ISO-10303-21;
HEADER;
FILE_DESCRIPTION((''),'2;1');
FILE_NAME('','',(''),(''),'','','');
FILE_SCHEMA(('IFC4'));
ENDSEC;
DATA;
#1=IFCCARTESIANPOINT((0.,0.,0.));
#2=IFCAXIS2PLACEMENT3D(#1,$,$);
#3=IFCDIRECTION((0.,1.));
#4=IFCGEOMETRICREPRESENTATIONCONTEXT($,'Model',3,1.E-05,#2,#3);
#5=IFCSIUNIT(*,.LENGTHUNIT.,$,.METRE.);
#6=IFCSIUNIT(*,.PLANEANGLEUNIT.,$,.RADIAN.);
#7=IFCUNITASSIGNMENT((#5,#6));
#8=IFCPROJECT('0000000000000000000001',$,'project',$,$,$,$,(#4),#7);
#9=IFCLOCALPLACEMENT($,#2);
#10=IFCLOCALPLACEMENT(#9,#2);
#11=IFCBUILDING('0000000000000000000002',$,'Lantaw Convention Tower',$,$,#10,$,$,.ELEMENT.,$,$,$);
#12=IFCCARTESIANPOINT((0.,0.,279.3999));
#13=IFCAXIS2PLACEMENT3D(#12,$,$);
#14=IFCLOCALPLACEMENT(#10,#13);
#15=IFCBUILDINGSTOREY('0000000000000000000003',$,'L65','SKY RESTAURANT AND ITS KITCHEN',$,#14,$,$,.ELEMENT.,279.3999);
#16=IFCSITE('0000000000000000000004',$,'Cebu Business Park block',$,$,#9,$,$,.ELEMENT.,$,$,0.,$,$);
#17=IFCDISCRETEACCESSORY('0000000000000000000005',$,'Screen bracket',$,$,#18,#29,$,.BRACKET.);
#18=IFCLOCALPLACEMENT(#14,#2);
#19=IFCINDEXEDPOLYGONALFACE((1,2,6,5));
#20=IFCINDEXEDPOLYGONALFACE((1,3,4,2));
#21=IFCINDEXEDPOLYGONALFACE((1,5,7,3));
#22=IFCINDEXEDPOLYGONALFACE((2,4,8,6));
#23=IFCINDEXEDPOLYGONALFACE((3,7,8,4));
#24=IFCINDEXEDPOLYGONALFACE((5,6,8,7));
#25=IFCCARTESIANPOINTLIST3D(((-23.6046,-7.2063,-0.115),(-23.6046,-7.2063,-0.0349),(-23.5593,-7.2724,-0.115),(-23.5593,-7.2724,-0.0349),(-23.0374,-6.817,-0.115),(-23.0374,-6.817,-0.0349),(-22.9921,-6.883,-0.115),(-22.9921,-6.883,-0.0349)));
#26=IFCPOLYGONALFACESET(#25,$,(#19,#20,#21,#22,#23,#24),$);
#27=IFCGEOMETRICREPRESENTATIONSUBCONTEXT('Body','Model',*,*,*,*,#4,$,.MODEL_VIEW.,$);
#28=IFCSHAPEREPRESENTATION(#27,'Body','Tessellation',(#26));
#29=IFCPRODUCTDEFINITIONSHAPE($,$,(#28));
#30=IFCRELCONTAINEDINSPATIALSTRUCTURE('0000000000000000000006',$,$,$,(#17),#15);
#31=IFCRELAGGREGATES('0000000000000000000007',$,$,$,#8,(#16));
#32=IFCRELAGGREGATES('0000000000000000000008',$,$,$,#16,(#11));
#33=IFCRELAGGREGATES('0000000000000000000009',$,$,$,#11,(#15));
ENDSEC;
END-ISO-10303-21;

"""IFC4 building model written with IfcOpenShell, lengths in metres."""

from ifc_helpers import new_model, si_unit, direction, frame, origin, origin_2d, place, context, subcontext, project, spatial, rectangle, extrude, element, save


model = new_model("IFC4")

# Units and contexts
model_context = context("Model", 3, precision=1e-05, world=origin(), true_north=direction((0.0, 1.0)))
body_context = subcontext(model_context, "Body", "Model", "MODEL_VIEW")
ifc_project = project(units=[si_unit("LENGTHUNIT", "METRE"), si_unit("PLANEANGLEUNIT", "RADIAN")], contexts=[model_context])

# Site, building, storey
site_placement = place(None, origin())
site = spatial("IfcSite", under=ifc_project, at=site_placement, Name="Cebu Business Park block", CompositionType="ELEMENT", RefElevation=0.0)
building_placement = place(site_placement, origin())
building = spatial("IfcBuilding", under=site, at=building_placement, Name="Lantaw Convention Tower", CompositionType="ELEMENT")
storey_placement = place(building_placement, frame((0.0, 0.0, 279.3999)))
storey = spatial("IfcBuildingStorey", under=building, at=storey_placement, Name="L65", Description="SKY RESTAURANT AND ITS KITCHEN", CompositionType="ELEMENT", Elevation=279.3999)

# Discrete accessory
for number, where, z_axis, x_axis, name in (
    (1, (-23.2983, -7.0447, -0.115), (0.0, 0.0, 1.0), (0.565935, -0.82445, 0.0), "Screen bracket"),
):
    element("IfcDiscreteAccessory", number, at=place(storey_placement, frame(where, z_axis=z_axis, x_axis=x_axis)), inside=storey, Name=name, PredefinedType="BRACKET", context=body_context, shape_type="SweptSolid", body=[
        extrude(rectangle(XDim=0.0801, YDim=0.688, at=origin_2d()), origin(), (0.0, 0.0, 1.0), 0.0801),
    ])

save(model, "model.ifc")
